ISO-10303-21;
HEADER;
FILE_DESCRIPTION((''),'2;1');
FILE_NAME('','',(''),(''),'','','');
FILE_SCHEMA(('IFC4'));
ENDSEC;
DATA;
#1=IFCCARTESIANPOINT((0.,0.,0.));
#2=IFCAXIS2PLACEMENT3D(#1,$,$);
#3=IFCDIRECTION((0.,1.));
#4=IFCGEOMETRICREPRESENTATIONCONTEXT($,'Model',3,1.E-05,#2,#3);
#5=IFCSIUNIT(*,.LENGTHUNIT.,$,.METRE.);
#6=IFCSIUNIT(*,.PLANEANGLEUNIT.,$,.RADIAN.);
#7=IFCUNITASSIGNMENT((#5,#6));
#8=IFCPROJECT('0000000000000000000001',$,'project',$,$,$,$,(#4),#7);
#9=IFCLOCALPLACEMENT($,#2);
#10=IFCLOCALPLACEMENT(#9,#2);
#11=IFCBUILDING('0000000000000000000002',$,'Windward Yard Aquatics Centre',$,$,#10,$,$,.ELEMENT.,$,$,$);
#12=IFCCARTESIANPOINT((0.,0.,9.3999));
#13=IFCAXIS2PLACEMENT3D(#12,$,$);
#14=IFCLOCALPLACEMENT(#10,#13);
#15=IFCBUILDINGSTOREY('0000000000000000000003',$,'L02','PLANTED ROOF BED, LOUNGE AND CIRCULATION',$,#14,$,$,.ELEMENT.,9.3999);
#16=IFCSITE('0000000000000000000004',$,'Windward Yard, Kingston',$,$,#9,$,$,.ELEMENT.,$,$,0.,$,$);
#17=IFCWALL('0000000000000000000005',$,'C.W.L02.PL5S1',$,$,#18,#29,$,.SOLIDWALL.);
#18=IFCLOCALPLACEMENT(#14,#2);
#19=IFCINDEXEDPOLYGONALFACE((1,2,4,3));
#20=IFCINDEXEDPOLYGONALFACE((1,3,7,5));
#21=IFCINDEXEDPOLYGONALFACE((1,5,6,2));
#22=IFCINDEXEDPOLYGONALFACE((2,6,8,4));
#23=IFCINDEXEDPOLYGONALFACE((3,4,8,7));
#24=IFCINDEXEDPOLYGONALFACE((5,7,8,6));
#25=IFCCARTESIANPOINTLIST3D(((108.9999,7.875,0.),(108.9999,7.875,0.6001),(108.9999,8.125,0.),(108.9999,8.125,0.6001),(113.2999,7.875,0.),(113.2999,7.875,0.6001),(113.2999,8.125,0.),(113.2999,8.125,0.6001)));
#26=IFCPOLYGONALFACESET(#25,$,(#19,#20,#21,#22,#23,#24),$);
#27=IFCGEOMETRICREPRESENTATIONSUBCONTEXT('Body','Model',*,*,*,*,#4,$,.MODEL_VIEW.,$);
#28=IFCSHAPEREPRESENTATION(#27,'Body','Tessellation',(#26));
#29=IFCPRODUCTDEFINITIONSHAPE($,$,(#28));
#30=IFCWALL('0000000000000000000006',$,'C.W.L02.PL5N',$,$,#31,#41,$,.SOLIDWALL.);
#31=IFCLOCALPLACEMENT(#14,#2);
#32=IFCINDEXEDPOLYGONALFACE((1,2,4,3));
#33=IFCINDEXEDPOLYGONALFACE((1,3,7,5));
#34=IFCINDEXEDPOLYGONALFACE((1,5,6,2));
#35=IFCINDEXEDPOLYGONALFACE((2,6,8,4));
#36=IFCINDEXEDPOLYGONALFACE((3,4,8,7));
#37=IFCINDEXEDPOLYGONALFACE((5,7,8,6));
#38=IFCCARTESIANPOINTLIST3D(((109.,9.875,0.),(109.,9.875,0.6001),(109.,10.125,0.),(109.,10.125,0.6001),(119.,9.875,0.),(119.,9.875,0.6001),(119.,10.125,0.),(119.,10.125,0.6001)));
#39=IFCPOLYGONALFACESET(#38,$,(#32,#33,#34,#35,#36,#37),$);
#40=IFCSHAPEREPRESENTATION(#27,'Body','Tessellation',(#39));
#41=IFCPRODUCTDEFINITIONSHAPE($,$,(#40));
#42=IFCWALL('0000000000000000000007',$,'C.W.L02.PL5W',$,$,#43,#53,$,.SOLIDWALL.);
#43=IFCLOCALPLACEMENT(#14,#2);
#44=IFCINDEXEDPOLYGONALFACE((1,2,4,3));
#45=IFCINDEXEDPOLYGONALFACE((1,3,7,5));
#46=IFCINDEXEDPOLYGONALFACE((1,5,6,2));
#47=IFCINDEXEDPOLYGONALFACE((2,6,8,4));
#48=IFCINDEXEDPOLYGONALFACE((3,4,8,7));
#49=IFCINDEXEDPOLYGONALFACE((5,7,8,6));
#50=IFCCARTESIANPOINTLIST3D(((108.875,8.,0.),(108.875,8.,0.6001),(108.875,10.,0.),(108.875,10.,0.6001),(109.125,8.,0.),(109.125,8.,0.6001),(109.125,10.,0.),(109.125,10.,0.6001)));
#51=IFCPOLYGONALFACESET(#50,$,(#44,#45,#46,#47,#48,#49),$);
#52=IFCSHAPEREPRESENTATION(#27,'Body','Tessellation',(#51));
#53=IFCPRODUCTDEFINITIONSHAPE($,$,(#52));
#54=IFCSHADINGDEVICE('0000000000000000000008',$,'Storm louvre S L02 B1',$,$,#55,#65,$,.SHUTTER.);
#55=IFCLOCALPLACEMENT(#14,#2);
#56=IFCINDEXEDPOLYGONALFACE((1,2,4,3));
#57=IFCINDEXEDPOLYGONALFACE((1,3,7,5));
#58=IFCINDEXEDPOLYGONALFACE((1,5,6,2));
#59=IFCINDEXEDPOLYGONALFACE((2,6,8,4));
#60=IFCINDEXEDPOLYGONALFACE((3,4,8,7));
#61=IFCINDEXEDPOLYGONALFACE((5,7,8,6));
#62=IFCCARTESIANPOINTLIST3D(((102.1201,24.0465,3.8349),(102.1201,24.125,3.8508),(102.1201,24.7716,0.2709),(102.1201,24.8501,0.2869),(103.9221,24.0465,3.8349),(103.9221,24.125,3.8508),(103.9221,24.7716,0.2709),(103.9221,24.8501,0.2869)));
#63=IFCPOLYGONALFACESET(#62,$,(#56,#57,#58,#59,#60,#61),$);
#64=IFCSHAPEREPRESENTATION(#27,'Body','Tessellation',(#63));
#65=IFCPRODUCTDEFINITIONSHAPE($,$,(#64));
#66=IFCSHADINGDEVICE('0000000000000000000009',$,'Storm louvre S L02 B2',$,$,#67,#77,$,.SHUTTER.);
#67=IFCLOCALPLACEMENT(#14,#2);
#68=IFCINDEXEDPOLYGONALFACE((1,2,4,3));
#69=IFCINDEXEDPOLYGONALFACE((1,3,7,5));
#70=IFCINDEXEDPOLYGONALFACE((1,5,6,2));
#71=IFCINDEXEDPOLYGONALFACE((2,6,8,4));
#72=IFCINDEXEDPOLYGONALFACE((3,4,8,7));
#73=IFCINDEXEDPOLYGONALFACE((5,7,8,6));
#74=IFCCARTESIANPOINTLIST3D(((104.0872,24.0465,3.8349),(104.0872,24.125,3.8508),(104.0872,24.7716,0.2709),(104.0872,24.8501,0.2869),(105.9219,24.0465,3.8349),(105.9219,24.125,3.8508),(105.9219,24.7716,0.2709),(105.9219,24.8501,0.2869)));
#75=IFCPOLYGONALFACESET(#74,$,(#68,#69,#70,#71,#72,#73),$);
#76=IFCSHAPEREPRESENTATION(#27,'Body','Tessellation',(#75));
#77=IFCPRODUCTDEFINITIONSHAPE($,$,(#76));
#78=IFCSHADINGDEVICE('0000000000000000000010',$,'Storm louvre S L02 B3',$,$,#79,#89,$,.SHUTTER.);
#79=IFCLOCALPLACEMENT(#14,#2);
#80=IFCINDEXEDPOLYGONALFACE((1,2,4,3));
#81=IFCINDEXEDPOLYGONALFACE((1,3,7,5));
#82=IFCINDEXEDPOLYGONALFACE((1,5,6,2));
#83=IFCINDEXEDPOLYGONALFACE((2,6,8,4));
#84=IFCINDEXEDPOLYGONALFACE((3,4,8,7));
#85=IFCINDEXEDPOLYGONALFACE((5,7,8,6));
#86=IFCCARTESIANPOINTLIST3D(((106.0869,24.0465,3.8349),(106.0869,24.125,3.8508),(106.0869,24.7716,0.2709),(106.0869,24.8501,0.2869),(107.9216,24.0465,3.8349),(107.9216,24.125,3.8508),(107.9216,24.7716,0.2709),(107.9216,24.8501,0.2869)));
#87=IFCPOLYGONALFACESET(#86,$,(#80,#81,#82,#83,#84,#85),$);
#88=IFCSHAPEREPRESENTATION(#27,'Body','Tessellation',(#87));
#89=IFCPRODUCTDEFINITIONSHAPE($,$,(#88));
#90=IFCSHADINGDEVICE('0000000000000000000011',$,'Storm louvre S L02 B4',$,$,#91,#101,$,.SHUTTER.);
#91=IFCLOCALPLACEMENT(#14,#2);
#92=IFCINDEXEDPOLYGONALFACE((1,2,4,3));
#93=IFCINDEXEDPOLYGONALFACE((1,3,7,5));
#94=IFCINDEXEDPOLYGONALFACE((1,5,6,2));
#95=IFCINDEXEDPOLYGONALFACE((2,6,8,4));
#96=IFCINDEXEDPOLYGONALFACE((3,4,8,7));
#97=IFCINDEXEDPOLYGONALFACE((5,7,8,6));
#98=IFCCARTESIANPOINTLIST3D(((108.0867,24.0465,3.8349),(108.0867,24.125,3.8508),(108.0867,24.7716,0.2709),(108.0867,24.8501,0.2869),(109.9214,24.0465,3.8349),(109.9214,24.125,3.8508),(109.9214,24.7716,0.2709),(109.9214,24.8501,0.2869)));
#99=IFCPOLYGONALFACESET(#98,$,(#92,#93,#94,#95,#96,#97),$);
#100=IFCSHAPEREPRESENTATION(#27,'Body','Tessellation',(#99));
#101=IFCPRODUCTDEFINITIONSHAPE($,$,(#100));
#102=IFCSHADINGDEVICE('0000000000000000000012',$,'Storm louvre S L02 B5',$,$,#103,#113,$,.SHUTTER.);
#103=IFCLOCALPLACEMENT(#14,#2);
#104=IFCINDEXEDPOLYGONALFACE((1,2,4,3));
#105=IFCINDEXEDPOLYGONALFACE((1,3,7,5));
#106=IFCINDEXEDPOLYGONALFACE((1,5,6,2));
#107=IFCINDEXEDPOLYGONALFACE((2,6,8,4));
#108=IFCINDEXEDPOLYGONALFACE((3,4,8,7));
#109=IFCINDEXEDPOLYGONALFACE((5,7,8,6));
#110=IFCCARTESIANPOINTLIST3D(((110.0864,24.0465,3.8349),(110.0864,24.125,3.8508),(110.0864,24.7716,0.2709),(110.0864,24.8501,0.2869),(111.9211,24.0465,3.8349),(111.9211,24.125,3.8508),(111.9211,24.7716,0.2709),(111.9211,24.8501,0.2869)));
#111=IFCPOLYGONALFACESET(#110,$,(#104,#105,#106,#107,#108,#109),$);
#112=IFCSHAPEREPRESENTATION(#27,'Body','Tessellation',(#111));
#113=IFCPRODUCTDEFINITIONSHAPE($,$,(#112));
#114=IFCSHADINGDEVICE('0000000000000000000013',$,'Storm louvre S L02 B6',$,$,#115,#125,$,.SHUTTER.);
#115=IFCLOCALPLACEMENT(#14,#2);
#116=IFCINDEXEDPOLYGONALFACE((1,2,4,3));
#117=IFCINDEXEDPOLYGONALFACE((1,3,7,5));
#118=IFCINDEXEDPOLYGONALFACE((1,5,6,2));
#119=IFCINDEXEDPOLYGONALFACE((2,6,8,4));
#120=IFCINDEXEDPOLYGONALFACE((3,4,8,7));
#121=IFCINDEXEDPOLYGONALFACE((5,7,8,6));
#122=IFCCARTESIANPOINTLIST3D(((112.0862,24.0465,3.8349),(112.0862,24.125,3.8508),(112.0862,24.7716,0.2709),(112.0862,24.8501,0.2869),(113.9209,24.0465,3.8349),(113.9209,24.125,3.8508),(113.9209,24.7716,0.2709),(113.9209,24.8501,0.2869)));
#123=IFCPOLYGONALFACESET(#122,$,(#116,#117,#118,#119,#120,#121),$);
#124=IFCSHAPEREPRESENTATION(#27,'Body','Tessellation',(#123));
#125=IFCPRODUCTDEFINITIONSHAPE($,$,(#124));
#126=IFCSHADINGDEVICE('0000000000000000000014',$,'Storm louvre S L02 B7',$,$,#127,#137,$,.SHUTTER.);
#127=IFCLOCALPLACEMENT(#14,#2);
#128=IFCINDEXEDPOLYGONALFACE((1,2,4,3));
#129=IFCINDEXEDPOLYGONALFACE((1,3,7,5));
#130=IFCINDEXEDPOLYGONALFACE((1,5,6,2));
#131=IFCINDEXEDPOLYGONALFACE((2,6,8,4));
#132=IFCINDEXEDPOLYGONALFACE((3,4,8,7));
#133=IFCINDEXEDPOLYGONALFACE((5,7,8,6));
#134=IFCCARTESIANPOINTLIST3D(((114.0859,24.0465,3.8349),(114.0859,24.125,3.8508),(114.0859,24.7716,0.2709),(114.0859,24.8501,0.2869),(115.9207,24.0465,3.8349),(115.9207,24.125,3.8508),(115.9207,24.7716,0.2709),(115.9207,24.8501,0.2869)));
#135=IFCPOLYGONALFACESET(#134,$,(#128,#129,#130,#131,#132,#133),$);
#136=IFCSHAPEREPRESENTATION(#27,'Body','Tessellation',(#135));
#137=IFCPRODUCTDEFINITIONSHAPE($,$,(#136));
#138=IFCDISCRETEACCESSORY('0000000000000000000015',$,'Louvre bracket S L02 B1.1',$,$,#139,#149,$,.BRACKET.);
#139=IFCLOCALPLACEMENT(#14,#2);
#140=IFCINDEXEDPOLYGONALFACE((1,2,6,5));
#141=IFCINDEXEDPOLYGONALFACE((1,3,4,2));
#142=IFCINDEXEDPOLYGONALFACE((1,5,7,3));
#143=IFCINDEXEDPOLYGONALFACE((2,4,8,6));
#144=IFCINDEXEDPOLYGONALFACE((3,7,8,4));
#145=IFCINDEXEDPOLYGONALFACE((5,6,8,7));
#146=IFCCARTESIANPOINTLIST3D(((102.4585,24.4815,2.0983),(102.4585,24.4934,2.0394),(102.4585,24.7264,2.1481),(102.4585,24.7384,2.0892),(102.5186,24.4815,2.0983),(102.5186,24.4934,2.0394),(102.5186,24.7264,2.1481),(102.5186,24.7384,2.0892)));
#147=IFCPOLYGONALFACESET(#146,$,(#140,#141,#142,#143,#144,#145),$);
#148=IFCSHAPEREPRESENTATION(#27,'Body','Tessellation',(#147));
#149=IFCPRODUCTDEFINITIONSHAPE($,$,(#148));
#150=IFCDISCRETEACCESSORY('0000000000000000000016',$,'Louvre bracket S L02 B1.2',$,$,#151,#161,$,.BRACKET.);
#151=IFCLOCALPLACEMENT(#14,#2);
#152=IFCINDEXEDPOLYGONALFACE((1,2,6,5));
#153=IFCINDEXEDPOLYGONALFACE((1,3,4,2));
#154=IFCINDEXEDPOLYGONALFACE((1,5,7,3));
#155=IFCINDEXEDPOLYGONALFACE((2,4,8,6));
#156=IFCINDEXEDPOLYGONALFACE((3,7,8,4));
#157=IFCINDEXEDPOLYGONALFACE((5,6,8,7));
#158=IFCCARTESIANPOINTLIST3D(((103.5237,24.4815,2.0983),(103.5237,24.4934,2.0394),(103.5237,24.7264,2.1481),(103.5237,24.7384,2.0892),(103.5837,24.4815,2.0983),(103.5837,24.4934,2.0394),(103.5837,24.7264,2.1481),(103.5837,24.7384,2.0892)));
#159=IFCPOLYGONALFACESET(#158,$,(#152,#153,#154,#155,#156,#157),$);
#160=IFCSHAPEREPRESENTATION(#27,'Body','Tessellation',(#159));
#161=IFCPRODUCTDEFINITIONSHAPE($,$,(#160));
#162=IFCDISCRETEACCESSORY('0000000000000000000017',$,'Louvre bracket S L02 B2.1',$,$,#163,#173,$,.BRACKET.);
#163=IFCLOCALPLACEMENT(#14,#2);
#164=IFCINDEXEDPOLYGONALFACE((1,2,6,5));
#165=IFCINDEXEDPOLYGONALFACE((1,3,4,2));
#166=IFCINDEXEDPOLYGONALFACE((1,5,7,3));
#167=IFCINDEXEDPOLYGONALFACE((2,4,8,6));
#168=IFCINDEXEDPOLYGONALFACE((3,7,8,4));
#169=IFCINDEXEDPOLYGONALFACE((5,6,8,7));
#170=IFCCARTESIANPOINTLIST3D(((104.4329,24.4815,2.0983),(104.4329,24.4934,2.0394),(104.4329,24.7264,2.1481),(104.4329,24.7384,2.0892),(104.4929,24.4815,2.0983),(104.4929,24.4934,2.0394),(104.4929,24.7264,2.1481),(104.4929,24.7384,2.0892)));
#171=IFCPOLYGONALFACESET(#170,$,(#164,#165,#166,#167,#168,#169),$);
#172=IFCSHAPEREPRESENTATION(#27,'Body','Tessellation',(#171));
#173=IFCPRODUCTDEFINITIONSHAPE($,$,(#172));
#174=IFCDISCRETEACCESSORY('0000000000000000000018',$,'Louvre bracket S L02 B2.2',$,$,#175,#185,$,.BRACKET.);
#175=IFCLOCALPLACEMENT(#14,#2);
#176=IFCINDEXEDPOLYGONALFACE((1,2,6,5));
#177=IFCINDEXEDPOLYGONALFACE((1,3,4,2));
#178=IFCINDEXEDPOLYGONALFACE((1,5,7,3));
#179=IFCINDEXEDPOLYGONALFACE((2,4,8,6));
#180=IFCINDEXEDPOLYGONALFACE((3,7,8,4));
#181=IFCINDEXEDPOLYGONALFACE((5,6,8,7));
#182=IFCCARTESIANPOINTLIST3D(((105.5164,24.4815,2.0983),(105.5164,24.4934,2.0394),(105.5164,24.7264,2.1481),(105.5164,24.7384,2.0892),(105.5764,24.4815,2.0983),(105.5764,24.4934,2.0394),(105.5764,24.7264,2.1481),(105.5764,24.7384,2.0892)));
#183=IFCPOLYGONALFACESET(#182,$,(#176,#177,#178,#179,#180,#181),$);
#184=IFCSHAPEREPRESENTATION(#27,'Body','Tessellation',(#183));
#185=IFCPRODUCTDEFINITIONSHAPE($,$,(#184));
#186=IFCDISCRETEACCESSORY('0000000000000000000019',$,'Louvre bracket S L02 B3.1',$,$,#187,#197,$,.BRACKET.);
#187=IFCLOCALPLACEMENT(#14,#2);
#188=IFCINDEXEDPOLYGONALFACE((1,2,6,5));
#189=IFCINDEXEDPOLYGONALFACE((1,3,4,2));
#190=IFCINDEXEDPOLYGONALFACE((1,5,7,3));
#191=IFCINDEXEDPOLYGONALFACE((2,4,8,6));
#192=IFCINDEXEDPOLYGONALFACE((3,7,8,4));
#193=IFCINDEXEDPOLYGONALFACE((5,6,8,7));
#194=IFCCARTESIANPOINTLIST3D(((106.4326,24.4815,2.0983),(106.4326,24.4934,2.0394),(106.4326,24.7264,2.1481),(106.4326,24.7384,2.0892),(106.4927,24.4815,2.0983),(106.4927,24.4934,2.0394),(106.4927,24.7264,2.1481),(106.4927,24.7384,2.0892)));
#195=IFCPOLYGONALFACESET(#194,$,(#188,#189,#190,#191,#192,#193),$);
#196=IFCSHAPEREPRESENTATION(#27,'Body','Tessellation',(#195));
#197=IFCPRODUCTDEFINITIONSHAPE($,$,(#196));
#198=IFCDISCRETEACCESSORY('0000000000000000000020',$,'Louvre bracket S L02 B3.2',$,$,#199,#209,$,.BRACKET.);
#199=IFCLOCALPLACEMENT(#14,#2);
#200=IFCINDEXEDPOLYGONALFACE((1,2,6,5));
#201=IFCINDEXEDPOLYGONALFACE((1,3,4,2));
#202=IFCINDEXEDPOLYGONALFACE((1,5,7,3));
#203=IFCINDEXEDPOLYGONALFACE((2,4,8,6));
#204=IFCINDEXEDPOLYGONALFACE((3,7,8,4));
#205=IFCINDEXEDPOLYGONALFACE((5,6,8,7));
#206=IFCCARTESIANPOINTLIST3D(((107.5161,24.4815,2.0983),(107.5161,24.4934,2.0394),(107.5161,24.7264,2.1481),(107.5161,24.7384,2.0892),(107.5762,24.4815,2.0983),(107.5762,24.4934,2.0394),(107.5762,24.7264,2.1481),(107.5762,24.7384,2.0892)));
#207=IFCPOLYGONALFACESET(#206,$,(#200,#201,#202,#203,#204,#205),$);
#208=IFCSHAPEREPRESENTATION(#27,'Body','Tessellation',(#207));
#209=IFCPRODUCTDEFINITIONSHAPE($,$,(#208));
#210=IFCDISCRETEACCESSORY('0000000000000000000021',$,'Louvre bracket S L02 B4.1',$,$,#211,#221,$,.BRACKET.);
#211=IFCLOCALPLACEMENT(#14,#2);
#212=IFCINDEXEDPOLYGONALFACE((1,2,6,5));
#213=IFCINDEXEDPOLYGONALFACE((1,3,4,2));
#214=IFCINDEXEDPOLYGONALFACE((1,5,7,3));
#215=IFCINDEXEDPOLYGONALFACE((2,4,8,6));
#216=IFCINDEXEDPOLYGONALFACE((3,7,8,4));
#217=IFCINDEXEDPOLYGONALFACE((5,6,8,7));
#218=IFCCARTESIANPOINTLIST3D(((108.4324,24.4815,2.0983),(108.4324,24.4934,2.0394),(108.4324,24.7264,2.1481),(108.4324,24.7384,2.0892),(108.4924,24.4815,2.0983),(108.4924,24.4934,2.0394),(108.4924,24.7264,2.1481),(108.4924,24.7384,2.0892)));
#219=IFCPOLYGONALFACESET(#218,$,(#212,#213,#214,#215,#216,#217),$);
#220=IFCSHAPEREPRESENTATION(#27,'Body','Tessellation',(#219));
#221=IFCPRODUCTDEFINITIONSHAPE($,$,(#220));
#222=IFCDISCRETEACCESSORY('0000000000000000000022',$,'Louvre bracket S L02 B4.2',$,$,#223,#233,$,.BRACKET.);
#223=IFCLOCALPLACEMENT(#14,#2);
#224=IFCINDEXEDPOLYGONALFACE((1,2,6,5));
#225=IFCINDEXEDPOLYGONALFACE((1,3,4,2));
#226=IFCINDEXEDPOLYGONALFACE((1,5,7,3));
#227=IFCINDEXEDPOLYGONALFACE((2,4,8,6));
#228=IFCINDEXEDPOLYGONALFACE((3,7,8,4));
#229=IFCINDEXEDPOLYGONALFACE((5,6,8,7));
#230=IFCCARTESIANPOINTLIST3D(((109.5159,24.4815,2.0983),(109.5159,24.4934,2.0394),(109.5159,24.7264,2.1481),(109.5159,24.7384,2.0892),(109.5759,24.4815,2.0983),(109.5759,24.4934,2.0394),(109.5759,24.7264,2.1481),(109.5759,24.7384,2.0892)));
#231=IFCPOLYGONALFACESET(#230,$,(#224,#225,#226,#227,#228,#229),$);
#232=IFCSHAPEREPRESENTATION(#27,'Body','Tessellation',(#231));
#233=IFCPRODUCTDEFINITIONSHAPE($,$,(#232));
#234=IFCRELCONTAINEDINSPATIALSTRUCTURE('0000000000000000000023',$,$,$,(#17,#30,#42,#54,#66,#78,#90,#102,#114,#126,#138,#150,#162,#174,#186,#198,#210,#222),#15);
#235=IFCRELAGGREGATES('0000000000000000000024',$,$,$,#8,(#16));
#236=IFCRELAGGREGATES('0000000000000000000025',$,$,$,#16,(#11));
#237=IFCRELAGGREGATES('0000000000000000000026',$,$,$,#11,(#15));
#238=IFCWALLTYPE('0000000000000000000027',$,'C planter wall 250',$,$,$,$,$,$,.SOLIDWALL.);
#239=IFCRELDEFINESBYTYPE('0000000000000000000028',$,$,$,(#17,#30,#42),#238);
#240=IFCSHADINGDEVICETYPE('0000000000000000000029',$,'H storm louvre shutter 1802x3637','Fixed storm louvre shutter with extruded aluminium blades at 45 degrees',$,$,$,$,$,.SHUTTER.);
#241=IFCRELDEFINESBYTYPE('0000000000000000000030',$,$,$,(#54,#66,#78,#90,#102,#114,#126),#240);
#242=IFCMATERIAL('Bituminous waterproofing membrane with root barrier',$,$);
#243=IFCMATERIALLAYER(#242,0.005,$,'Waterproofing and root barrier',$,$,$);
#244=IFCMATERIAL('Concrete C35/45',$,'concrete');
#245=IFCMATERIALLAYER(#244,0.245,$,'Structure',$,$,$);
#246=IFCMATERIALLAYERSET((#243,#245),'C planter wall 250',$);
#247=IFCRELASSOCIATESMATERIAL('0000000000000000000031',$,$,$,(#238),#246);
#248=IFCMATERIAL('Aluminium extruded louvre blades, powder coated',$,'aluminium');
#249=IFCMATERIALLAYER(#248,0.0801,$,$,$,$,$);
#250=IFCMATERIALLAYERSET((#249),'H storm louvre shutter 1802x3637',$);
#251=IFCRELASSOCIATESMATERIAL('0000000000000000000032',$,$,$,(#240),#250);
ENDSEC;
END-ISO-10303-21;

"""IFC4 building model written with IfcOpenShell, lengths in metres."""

from ifc_helpers import new_model, si_unit, direction, frame, frame_2d, origin, origin_2d, place, context, subcontext, project, spatial, polyline, rectangle, outline, extrude, material, layer, layer_set, type_object, element, save


model = new_model("IFC4")

# Units and contexts
model_context = context("Model", 3, precision=1e-05, world=origin(), true_north=direction((0.0, 1.0)))
body_context = subcontext(model_context, "Body", "Model", "MODEL_VIEW")
ifc_project = project(units=[si_unit("LENGTHUNIT", "METRE"), si_unit("PLANEANGLEUNIT", "RADIAN")], contexts=[model_context])

# Site, building, storey
site_placement = place(None, origin())
site = spatial("IfcSite", under=ifc_project, at=site_placement, Name="Windward Yard, Kingston", CompositionType="ELEMENT", RefElevation=0.0)
building_placement = place(site_placement, origin())
building = spatial("IfcBuilding", under=site, at=building_placement, Name="Windward Yard Aquatics Centre", CompositionType="ELEMENT")
storey_placement = place(building_placement, frame((0.0, 0.0, 9.3999)))
storey = spatial("IfcBuildingStorey", under=building, at=storey_placement, Name="L02", Description="PLANTED ROOF BED, LOUNGE AND CIRCULATION", CompositionType="ELEMENT", Elevation=9.3999)

# Walls
ifc_material_1 = material(Name="Bituminous waterproofing membrane with root barrier")
ifc_layer_1 = layer(ifc_material_1, 0.005, Name="Waterproofing and root barrier")
ifc_material_2 = material(Name="Concrete C35/45", Category="concrete")
ifc_layer_2 = layer(ifc_material_2, 0.245, Name="Structure")
ifc_layer_set_1 = layer_set([ifc_layer_1, ifc_layer_2], Name="C planter wall 250")
wall_type = type_object("IfcWallType", Name="C planter wall 250", PredefinedType="SOLIDWALL", material=ifc_layer_set_1)
wall_1_placement = place(storey_placement, frame((109.0, 8.0, 0.0), z_axis=(0.0, 0.0, 1.0), x_axis=(1.0, 0.0, 0.0)))
element("IfcWall", 1, at=wall_1_placement, inside=storey, type_object=wall_type, Name="C.W.L02.PL5S1", PredefinedType="SOLIDWALL", context=body_context, shape_type="SweptSolid", body=[
    extrude(rectangle(XDim=4.3, YDim=0.25, at=frame_2d((2.1499, 0.0))), origin(), (0.0, 0.0, 1.0), 0.6001),
])
wall_2_placement = place(storey_placement, frame((109.0, 10.0, 0.0), z_axis=(0.0, 0.0, 1.0), x_axis=(1.0, 0.0, 0.0)))
element("IfcWall", 2, at=wall_2_placement, inside=storey, type_object=wall_type, Name="C.W.L02.PL5N", PredefinedType="SOLIDWALL", context=body_context, shape_type="SweptSolid", body=[
    extrude(rectangle(XDim=10.0, YDim=0.25, at=frame_2d((5.0, 0.0))), origin(), (0.0, 0.0, 1.0), 0.6001),
])
wall_3_placement = place(storey_placement, frame((109.0, 8.0, 0.0), z_axis=(0.0, 0.0, 1.0), x_axis=(0.0, 1.0, 0.0)))
element("IfcWall", 3, at=wall_3_placement, inside=storey, type_object=wall_type, Name="C.W.L02.PL5W", PredefinedType="SOLIDWALL", context=body_context, shape_type="SweptSolid", body=[
    extrude(rectangle(XDim=2.0, YDim=0.25, at=frame_2d((1.0, 0.0))), origin(), (0.0, 0.0, 1.0), 0.6001),
])

# Shading devices
ifc_material_3 = material(Name="Aluminium extruded louvre blades, powder coated", Category="aluminium")
ifc_layer_3 = layer(ifc_material_3, 0.0801)
ifc_layer_set_2 = layer_set([ifc_layer_3], Name="H storm louvre shutter 1802x3637")
shading_device_type = type_object("IfcShadingDeviceType", Name="H storm louvre shutter 1802x3637", Description="Fixed storm louvre shutter with extruded aluminium blades at 45 degrees", PredefinedType="SHUTTER", material=ifc_layer_set_2)
shading_device_placement = place(storey_placement, frame((102.1201, 24.125, 3.8508), z_axis=(0.0, 0.979925, 0.199368), x_axis=(0.0, 0.199368, -0.979925)))
element("IfcShadingDevice", 4, at=shading_device_placement, inside=storey, type_object=shading_device_type, Name="Storm louvre S L02 B1", PredefinedType="SHUTTER", context=body_context, shape_type="SweptSolid", body=[
    extrude(outline(polyline([(0.0, 0.0), (3.637, 0.0), (3.637, -1.802), (0.0, -1.802), (0.0, 0.0)])), origin(), (0.0, 0.0, -1.0), 0.0801),
])
for number, where, z_axis, x_axis, name in (
    (5, (104.0872, 24.125, 3.8508), (0.0, 0.979925, 0.199368), (0.0, 0.199368, -0.979925), "Storm louvre S L02 B2"),
    (6, (106.0869, 24.125, 3.8508), (0.0, 0.979925, 0.199368), (0.0, 0.199368, -0.979925), "Storm louvre S L02 B3"),
    (7, (108.0867, 24.125, 3.8508), (0.0, 0.979925, 0.199368), (0.0, 0.199368, -0.979925), "Storm louvre S L02 B4"),
    (8, (110.0864, 24.125, 3.8508), (0.0, 0.979925, 0.199368), (0.0, 0.199368, -0.979925), "Storm louvre S L02 B5"),
    (9, (112.0862, 24.125, 3.8508), (0.0, 0.979925, 0.199368), (0.0, 0.199368, -0.979925), "Storm louvre S L02 B6"),
    (10, (114.0859, 24.125, 3.8508), (0.0, 0.979925, 0.199368), (0.0, 0.199368, -0.979925), "Storm louvre S L02 B7"),
):
    element("IfcShadingDevice", number, at=place(storey_placement, frame(where, z_axis=z_axis, x_axis=x_axis)), inside=storey, type_object=shading_device_type, Name=name, PredefinedType="SHUTTER", context=body_context, shape_type="SweptSolid", body=[
        extrude(outline(polyline([(0.0, 0.0), (3.637, 0.0), (3.637, -1.8347), (0.0, -1.8347), (0.0, 0.0)])), origin(), (0.0, 0.0, -1.0), 0.0801),
    ])

# Discrete accessories
for number, where, z_axis, x_axis, name in (
    (11, (102.4885, 24.7324, 2.1187), (0.0, -0.979937, -0.199309), (1.0, 0.0, 0.0), "Louvre bracket S L02 B1.1"),
    (12, (103.5537, 24.7324, 2.1187), (0.0, -0.979937, -0.199309), (1.0, 0.0, 0.0), "Louvre bracket S L02 B1.2"),
    (13, (104.4629, 24.7324, 2.1187), (0.0, -0.979937, -0.199309), (1.0, 0.0, 0.0), "Louvre bracket S L02 B2.1"),
    (14, (105.5464, 24.7324, 2.1187), (0.0, -0.979937, -0.199309), (1.0, 0.0, 0.0), "Louvre bracket S L02 B2.2"),
    (15, (106.4626, 24.7324, 2.1187), (0.0, -0.979937, -0.199309), (1.0, 0.0, 0.0), "Louvre bracket S L02 B3.1"),
    (16, (107.5461, 24.7324, 2.1187), (0.0, -0.979937, -0.199309), (1.0, 0.0, 0.0), "Louvre bracket S L02 B3.2"),
    (17, (108.4624, 24.7324, 2.1187), (0.0, -0.979937, -0.199309), (1.0, 0.0, 0.0), "Louvre bracket S L02 B4.1"),
    (18, (109.5459, 24.7324, 2.1187), (0.0, -0.979937, -0.199309), (1.0, 0.0, 0.0), "Louvre bracket S L02 B4.2"),
):
    element("IfcDiscreteAccessory", number, at=place(storey_placement, frame(where, z_axis=z_axis, x_axis=x_axis)), inside=storey, Name=name, PredefinedType="BRACKET", context=body_context, shape_type="SweptSolid", body=[
        extrude(rectangle(XDim=0.0601, YDim=0.0601, at=origin_2d()), origin(), (0.0, 0.0, 1.0), 0.25),
    ])

save(model, "model.ifc")
